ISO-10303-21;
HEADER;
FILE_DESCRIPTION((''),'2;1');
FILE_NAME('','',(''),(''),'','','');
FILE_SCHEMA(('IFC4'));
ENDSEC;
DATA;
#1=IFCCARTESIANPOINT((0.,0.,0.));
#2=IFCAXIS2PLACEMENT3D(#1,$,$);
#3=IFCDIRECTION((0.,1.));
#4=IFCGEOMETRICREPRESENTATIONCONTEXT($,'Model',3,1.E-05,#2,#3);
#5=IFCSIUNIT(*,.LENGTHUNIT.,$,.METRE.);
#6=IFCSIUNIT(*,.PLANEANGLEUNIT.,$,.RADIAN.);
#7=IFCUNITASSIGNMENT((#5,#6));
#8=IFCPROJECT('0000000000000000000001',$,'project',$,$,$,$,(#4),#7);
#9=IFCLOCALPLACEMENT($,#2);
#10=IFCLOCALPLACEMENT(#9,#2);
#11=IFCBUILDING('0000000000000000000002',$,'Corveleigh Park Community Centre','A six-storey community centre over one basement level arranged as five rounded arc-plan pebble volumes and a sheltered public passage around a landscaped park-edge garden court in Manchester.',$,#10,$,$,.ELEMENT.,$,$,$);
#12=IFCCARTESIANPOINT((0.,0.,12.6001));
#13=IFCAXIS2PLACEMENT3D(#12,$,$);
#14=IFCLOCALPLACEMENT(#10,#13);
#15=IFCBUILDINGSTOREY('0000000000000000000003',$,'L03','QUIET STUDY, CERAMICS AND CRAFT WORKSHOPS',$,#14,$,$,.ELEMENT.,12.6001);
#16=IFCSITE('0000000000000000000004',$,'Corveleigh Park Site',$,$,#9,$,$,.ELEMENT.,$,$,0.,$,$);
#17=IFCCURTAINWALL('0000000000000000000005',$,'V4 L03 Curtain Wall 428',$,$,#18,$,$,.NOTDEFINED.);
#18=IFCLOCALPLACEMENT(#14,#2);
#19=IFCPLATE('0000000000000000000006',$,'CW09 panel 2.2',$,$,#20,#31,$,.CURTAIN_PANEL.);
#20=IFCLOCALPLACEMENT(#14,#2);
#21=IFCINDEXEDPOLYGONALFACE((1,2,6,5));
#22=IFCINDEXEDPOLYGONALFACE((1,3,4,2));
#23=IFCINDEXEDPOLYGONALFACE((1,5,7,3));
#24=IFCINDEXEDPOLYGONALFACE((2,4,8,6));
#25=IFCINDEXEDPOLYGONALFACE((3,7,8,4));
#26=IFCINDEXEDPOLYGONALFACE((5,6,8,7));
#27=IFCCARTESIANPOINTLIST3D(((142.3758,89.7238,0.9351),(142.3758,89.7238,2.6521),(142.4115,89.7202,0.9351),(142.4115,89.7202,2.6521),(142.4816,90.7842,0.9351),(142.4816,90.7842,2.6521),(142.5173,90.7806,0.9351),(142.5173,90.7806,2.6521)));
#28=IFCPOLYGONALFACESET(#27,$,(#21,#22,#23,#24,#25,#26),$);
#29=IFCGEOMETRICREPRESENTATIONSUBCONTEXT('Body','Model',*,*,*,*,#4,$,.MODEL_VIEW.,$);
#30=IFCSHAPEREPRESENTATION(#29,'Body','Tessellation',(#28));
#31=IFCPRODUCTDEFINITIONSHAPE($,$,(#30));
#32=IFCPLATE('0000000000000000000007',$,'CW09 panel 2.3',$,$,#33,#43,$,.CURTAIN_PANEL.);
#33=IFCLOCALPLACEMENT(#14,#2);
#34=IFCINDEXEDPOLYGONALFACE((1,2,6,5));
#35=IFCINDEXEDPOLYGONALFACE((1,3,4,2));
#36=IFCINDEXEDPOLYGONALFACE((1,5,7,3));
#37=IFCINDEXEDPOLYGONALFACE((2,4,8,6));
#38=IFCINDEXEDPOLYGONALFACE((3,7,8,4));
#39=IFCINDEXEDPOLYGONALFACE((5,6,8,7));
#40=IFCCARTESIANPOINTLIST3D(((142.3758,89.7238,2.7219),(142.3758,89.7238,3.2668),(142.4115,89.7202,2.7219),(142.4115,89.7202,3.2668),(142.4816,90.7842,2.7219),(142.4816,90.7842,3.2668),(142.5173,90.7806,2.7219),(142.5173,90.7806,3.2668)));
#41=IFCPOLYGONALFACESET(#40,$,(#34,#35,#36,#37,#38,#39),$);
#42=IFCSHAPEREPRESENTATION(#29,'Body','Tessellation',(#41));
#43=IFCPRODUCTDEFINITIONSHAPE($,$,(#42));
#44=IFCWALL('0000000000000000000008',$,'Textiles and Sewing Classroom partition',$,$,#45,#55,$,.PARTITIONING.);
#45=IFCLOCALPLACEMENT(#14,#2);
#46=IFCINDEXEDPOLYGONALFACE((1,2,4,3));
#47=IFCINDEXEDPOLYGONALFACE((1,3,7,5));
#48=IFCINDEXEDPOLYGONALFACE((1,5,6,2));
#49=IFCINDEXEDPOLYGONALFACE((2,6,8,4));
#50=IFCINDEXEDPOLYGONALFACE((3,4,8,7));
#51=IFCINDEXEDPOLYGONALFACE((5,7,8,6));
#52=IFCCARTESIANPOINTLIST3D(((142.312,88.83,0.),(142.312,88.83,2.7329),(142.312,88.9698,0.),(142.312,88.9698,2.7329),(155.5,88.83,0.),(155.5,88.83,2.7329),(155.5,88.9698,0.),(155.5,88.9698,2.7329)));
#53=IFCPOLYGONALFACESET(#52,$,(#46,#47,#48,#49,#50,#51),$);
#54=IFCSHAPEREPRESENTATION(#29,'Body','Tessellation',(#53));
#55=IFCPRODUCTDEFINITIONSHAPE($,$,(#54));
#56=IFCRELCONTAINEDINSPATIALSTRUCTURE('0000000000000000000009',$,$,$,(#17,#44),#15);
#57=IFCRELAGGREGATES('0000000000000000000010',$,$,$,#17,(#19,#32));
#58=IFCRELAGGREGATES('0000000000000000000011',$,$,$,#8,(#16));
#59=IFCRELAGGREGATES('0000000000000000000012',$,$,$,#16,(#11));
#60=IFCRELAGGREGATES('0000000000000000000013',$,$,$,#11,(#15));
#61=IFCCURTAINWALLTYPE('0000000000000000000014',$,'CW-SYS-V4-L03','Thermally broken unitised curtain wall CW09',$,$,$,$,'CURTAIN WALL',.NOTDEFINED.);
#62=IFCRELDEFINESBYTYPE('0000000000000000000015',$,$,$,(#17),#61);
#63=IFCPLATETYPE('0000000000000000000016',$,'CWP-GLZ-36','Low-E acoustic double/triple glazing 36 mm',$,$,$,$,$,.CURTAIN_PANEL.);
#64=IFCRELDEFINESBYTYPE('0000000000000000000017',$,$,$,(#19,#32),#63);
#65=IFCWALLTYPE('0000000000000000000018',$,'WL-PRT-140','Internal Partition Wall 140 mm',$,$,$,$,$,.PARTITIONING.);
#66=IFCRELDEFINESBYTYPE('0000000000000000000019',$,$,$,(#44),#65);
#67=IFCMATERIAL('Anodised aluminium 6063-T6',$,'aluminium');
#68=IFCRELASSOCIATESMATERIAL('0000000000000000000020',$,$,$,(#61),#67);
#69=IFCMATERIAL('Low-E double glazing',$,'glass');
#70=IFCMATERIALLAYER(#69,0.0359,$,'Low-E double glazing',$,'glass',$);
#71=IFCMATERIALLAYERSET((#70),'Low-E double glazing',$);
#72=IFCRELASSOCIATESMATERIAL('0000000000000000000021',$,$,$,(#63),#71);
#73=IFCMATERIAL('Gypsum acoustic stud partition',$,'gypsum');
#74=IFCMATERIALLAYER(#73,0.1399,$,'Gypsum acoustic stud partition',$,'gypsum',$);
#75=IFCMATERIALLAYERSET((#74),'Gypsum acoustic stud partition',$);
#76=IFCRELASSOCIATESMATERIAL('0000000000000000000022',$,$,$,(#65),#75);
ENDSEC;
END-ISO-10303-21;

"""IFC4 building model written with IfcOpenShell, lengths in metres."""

from ifc_helpers import new_model, si_unit, direction, frame, frame_2d, origin, origin_2d, place, context, subcontext, project, spatial, rectangle, extrude, material, layer, layer_set, type_object, element, aggregate, save


model = new_model("IFC4")

# Units and contexts
model_context = context("Model", 3, precision=1e-05, world=origin(), true_north=direction((0.0, 1.0)))
body_context = subcontext(model_context, "Body", "Model", "MODEL_VIEW")
ifc_project = project(units=[si_unit("LENGTHUNIT", "METRE"), si_unit("PLANEANGLEUNIT", "RADIAN")], contexts=[model_context])

# Site, building, storey
site_placement = place(None, origin())
site = spatial("IfcSite", under=ifc_project, at=site_placement, Name="Corveleigh Park Site", CompositionType="ELEMENT", RefElevation=0.0)
building_placement = place(site_placement, origin())
building = spatial("IfcBuilding", under=site, at=building_placement, Name="Corveleigh Park Community Centre", Description="A six-storey community centre over one basement level arranged as five rounded arc-plan pebble volumes and a sheltered public passage around a landscaped park-edge garden court in Manchester.", CompositionType="ELEMENT")
storey_placement = place(building_placement, frame((0.0, 0.0, 12.6001)))
storey = spatial("IfcBuildingStorey", under=building, at=storey_placement, Name="L03", Description="QUIET STUDY, CERAMICS AND CRAFT WORKSHOPS", CompositionType="ELEMENT", Elevation=12.6001)

# Curtain wall
ifc_material_1 = material(Name="Anodised aluminium 6063-T6", Category="aluminium")
curtain_wall_type = type_object("IfcCurtainWallType", Name="CW-SYS-V4-L03", Description="Thermally broken unitised curtain wall CW09", ElementType="CURTAIN WALL", PredefinedType="NOTDEFINED", material=ifc_material_1)
curtain_wall_1_placement = place(storey_placement, origin())
curtain_wall_1 = element("IfcCurtainWall", 1, at=curtain_wall_1_placement, inside=storey, type_object=curtain_wall_type, Name="V4 L03 Curtain Wall 428", PredefinedType="NOTDEFINED")

# Plates
ifc_material_2 = material(Name="Low-E double glazing", Category="glass")
ifc_layer_1 = layer(ifc_material_2, 0.0359, Name="Low-E double glazing", Category="glass")
ifc_layer_set_1 = layer_set([ifc_layer_1], Name="Low-E double glazing")
plate_type = type_object("IfcPlateType", Name="CWP-GLZ-36", Description="Low-E acoustic double/triple glazing 36 mm", PredefinedType="CURTAIN_PANEL", material=ifc_layer_set_1)
plate_1_placement = place(storey_placement, frame((142.4465, 90.2522, 0.9351), z_axis=(0.0, 0.0, 1.0), x_axis=(0.099291, 0.995058, 0.0)))
plate_1 = element("IfcPlate", 2, at=plate_1_placement, type_object=plate_type, Name="CW09 panel 2.2", PredefinedType="CURTAIN_PANEL", context=body_context, shape_type="SweptSolid", body=[
    extrude(rectangle(XDim=1.0657, YDim=0.0359, at=origin_2d()), origin(), (0.0, 0.0, 1.0), 1.717),
])
plate_2_placement = place(storey_placement, frame((142.4465, 90.2522, 2.7219), z_axis=(0.0, 0.0, 1.0), x_axis=(0.099291, 0.995058, 0.0)))
plate_2 = element("IfcPlate", 3, at=plate_2_placement, type_object=plate_type, Name="CW09 panel 2.3", PredefinedType="CURTAIN_PANEL", context=body_context, shape_type="SweptSolid", body=[
    extrude(rectangle(XDim=1.0657, YDim=0.0359, at=origin_2d()), origin(), (0.0, 0.0, 1.0), 0.5449),
])
aggregate(curtain_wall_1, [plate_1, plate_2])

# Wall
ifc_material_3 = material(Name="Gypsum acoustic stud partition", Category="gypsum")
ifc_layer_2 = layer(ifc_material_3, 0.1399, Name="Gypsum acoustic stud partition", Category="gypsum")
ifc_layer_set_2 = layer_set([ifc_layer_2], Name="Gypsum acoustic stud partition")
wall_type = type_object("IfcWallType", Name="WL-PRT-140", Description="Internal Partition Wall 140 mm", PredefinedType="PARTITIONING", material=ifc_layer_set_2)
wall_placement = place(storey_placement, frame((142.312, 88.8999, 0.0), z_axis=(0.0, 0.0, 1.0), x_axis=(1.0, 0.0, 0.0)))
element("IfcWall", 4, at=wall_placement, inside=storey, type_object=wall_type, Name="Textiles and Sewing Classroom partition", PredefinedType="PARTITIONING", context=body_context, shape_type="SweptSolid", body=[
    extrude(rectangle(XDim=13.188, YDim=0.1399, at=frame_2d((6.594, 0.0))), origin(), (0.0, 0.0, 1.0), 2.7329),
])

save(model, "model.ifc")
